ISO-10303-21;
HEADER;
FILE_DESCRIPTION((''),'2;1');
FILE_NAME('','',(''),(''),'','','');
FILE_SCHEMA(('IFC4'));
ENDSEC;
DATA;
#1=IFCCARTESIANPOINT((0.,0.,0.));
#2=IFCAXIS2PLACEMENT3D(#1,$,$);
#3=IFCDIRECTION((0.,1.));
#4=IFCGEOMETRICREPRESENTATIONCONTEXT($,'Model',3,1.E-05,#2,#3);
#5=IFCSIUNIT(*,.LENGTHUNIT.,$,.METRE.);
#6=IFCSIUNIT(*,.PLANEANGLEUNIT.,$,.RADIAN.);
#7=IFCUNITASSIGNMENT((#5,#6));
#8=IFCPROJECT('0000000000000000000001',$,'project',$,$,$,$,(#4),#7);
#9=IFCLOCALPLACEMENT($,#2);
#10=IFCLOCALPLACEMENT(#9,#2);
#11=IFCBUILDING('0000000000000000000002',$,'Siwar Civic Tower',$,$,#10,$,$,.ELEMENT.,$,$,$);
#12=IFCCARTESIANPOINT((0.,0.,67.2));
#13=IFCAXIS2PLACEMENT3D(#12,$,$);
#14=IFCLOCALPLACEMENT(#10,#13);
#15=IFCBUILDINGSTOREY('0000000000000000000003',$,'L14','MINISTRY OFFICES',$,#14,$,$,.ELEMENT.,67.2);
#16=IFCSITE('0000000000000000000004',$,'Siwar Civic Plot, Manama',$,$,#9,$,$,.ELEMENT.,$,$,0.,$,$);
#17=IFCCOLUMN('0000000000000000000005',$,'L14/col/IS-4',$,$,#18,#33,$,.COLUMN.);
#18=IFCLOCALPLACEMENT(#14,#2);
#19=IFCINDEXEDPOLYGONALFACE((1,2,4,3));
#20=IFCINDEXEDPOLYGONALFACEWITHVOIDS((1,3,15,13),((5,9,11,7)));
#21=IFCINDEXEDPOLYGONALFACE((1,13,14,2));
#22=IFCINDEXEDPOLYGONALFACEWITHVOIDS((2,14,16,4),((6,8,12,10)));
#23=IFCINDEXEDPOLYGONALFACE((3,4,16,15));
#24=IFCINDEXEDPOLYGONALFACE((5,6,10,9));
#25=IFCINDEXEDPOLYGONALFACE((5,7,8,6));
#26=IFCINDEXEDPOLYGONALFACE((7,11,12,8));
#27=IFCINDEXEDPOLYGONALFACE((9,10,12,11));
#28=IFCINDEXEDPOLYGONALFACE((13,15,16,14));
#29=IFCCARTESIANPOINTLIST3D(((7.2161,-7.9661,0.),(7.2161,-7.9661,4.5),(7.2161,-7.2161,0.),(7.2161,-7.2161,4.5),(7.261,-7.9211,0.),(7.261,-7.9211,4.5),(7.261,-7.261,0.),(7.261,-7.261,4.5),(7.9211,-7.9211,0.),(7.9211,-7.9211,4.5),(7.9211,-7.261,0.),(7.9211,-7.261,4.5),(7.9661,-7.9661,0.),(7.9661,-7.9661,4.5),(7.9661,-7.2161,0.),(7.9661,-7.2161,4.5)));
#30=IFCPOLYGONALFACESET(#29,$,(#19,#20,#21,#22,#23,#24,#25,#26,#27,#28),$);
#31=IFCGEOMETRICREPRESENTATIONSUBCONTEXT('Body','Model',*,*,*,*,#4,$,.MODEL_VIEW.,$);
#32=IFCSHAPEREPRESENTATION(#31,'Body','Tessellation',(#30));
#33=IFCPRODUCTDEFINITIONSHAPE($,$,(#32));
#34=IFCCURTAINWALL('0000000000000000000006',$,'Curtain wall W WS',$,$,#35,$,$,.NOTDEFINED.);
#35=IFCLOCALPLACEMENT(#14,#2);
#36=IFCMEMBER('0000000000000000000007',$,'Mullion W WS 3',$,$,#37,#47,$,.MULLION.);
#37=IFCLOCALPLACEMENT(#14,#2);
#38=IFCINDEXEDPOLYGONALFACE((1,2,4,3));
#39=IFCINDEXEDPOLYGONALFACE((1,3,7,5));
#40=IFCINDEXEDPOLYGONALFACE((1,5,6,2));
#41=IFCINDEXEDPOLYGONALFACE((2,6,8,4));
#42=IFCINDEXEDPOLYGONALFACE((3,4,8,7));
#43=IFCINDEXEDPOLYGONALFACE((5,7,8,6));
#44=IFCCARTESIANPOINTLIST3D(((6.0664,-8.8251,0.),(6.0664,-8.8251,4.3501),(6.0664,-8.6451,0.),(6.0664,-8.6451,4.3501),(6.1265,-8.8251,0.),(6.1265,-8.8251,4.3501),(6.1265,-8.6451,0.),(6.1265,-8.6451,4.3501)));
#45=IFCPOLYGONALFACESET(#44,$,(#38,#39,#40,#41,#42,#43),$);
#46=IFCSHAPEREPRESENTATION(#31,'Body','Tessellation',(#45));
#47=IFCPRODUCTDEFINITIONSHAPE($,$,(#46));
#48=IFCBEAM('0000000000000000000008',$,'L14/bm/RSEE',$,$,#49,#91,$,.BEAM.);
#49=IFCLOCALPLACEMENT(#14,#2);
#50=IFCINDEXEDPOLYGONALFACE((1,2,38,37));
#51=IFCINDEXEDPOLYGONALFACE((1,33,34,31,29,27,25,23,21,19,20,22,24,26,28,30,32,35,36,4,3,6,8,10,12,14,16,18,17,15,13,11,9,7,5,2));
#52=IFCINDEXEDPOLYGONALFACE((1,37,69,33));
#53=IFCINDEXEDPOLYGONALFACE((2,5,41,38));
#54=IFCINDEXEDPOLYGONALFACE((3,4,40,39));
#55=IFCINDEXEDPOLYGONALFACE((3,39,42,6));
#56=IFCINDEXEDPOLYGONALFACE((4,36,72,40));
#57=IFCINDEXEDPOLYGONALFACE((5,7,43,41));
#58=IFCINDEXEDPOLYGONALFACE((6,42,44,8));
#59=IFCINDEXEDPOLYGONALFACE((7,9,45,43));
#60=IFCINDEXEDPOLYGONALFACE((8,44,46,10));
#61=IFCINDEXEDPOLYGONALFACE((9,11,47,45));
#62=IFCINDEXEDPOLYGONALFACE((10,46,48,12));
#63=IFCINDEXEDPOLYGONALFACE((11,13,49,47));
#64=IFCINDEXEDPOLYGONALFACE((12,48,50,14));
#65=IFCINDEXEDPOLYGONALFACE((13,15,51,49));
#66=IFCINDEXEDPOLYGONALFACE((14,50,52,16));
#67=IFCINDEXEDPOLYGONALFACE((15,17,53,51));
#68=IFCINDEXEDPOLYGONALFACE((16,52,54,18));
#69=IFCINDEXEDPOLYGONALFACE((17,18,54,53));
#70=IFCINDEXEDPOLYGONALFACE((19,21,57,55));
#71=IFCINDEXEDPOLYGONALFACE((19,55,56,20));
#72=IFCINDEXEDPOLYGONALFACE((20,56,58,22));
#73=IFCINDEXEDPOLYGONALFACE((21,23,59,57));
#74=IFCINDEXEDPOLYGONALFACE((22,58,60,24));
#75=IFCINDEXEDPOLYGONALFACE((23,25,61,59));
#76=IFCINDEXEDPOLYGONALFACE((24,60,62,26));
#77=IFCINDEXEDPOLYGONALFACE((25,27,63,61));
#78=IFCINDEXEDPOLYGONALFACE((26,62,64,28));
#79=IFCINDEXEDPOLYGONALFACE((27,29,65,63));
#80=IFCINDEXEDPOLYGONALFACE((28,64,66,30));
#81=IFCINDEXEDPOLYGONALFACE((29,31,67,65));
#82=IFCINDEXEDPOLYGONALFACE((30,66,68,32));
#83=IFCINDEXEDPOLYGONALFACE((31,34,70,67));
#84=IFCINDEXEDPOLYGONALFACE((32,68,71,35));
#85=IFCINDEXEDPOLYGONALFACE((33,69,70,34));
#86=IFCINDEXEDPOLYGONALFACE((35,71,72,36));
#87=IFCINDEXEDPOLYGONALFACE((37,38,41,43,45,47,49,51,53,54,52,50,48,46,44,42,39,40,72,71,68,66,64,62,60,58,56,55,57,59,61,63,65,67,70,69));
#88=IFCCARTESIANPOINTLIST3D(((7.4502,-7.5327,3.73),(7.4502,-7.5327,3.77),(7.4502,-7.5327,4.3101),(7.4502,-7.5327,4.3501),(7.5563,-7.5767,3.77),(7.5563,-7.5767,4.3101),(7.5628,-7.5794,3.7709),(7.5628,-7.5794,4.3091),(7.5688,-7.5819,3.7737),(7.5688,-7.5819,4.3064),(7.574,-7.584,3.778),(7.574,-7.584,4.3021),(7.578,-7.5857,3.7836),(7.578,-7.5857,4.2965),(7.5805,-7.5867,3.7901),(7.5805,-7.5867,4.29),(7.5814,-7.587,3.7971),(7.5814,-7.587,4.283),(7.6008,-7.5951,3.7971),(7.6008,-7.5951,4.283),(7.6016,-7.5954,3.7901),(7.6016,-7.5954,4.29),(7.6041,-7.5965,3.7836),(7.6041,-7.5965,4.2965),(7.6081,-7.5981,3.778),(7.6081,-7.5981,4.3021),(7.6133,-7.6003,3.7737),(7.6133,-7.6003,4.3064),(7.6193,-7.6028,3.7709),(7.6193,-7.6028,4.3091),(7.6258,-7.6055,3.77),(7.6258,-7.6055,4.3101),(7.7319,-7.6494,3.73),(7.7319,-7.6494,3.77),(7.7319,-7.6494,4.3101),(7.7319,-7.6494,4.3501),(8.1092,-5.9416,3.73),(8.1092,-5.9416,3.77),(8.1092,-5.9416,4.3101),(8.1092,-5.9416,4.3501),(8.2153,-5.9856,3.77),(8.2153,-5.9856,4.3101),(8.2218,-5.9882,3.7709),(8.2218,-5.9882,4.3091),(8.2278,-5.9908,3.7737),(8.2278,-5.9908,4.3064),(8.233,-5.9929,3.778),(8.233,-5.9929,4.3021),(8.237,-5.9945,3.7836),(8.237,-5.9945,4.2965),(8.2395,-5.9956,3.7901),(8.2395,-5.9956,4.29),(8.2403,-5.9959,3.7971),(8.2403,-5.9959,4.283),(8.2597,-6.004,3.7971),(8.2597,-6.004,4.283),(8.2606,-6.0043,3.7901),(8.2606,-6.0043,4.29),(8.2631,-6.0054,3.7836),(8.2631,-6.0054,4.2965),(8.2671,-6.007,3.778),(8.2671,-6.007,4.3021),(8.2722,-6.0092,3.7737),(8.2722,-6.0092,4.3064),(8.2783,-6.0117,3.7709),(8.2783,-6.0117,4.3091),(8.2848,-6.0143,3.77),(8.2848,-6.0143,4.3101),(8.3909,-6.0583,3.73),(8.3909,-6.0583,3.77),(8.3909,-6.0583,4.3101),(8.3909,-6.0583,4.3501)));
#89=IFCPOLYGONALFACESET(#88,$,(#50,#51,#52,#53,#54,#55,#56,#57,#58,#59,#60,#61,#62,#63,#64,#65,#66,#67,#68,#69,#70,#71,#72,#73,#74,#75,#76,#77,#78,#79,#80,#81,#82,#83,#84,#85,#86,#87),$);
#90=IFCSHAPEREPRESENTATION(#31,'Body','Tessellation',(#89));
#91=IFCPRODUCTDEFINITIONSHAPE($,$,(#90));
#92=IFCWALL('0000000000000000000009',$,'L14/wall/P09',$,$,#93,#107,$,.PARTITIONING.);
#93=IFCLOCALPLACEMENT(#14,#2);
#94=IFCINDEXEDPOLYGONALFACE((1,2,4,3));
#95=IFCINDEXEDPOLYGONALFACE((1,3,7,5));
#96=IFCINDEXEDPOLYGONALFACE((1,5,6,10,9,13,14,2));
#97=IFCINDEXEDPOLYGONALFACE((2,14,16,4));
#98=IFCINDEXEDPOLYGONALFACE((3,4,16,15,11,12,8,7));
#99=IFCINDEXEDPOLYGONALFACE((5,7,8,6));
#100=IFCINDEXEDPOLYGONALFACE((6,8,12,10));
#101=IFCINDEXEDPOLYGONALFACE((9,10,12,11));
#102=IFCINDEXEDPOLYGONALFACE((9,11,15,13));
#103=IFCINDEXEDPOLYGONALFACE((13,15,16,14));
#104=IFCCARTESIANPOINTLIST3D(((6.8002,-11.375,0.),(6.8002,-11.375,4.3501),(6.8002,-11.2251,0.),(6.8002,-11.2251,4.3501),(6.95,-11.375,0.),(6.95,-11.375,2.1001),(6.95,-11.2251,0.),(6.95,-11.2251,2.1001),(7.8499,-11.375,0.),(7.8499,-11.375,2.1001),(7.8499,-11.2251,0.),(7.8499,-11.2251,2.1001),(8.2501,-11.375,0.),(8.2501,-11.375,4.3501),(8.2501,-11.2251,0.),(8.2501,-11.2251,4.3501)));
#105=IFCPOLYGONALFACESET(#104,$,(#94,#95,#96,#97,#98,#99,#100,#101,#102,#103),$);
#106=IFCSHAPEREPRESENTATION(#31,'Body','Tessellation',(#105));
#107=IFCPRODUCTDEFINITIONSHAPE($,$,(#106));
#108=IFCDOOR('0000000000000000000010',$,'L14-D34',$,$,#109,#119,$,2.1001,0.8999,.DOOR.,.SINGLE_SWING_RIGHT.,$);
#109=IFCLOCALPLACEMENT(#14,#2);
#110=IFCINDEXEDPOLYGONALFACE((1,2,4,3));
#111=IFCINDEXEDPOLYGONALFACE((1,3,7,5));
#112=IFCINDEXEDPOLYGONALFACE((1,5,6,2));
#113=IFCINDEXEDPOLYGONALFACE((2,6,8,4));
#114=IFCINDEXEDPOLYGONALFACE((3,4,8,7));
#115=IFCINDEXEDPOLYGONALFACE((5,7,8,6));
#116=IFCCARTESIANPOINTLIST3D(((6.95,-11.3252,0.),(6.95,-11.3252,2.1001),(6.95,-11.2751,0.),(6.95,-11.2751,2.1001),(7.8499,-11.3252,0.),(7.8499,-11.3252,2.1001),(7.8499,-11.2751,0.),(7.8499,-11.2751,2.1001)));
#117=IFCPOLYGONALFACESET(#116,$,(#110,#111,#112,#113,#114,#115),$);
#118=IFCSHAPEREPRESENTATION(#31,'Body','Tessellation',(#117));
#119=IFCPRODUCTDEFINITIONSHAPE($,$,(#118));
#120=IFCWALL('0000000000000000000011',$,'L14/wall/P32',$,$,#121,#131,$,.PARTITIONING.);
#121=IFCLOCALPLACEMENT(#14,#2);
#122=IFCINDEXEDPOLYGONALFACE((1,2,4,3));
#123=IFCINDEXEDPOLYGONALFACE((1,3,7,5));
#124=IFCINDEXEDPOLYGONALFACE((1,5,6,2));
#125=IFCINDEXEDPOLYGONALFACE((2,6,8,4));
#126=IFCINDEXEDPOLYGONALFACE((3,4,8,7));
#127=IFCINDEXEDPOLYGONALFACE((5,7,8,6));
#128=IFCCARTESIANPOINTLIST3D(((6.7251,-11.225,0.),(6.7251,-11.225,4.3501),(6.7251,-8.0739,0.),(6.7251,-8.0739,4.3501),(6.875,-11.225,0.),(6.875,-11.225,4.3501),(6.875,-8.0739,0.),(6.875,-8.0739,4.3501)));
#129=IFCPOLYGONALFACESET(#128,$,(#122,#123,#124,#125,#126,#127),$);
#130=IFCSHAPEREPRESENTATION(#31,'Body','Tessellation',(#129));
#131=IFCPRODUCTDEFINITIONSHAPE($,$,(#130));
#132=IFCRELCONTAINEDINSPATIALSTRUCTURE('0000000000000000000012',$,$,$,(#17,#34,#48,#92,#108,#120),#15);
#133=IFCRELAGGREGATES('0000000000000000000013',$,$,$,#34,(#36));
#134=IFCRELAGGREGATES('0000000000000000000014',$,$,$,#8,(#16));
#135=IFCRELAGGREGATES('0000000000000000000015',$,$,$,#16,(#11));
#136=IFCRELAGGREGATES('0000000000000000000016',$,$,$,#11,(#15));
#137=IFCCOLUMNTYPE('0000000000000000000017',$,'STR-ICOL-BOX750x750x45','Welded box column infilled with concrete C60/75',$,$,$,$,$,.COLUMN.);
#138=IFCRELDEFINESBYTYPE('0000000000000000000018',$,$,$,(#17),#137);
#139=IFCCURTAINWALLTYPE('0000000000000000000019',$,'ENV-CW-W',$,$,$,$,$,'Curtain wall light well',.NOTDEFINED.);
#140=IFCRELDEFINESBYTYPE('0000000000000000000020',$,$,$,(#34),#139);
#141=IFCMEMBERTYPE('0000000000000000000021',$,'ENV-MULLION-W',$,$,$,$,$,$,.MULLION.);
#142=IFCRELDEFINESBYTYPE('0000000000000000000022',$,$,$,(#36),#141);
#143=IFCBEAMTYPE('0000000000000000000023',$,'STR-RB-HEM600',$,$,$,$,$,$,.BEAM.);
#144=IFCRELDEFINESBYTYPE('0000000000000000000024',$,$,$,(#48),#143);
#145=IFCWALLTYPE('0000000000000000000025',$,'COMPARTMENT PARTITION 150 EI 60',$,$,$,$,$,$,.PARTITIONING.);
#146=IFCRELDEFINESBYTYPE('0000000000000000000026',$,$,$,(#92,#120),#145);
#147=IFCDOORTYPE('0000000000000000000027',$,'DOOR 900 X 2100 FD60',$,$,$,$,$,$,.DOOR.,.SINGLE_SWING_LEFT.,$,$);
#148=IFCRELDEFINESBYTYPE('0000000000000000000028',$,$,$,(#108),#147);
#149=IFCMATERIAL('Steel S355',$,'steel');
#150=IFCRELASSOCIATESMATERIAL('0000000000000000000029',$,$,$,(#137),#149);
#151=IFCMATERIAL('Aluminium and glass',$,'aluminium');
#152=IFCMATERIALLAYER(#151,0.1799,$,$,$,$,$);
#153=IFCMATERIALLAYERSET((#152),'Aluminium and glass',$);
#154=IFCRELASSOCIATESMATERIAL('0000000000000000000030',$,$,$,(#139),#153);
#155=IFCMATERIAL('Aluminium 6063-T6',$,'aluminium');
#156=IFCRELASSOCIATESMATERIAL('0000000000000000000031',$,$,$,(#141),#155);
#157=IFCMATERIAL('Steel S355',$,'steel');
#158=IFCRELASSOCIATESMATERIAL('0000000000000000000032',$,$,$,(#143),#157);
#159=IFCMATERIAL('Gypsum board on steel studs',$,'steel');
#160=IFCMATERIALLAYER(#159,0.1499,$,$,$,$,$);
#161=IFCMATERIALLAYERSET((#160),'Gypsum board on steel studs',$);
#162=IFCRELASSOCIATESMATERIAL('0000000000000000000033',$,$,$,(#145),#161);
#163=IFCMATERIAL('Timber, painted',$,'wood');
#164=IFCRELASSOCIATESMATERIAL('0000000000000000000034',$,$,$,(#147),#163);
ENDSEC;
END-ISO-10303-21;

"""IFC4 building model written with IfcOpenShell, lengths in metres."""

from ifc_helpers import new_model, si_unit, direction, frame, frame_2d, origin, origin_2d, place, context, subcontext, project, spatial, rectangle, hollow_rectangle, i_section, extrude, material, layer, layer_set, material_profile, profile_set, type_object, element, fill, aggregate, save


model = new_model("IFC4")

# Units and contexts
model_context = context("Model", 3, precision=1e-05, world=origin(), true_north=direction((0.0, 1.0)))
body_context = subcontext(model_context, "Body", "Model", "MODEL_VIEW")
ifc_project = project(units=[si_unit("LENGTHUNIT", "METRE"), si_unit("PLANEANGLEUNIT", "RADIAN")], contexts=[model_context])

# Site, building, storey
site_placement = place(None, origin())
site = spatial("IfcSite", under=ifc_project, at=site_placement, Name="Siwar Civic Plot, Manama", CompositionType="ELEMENT", RefElevation=0.0)
building_placement = place(site_placement, origin())
building = spatial("IfcBuilding", under=site, at=building_placement, Name="Siwar Civic Tower", CompositionType="ELEMENT")
storey_placement = place(building_placement, frame((0.0, 0.0, 67.2)))
storey = spatial("IfcBuildingStorey", under=building, at=storey_placement, Name="L14", Description="MINISTRY OFFICES", CompositionType="ELEMENT", Elevation=67.2)

# Column
ifc_material_1 = material(Name="Steel S355", Category="steel")
ifc_material_profile_1 = material_profile(ifc_material_1, hollow_rectangle(XDim=0.75, YDim=0.75, WallThickness=0.0449, at=origin_2d()), Name="BOX750x750x45")
ifc_profile_set_1 = profile_set([ifc_material_profile_1], Name="Steel S355")
column_type = type_object("IfcColumnType", Name="STR-ICOL-BOX750x750x45", Description="Welded box column infilled with concrete C60/75", PredefinedType="COLUMN", material=ifc_profile_set_1)
column_placement = place(storey_placement, frame((7.5911, -7.5911, 0.0), z_axis=(0.0, 0.0, 1.0), x_axis=(1.0, 0.0, 0.0)))
element("IfcColumn", 1, at=column_placement, inside=storey, type_object=column_type, Name="L14/col/IS-4", PredefinedType="COLUMN", context=body_context, shape_type="SweptSolid", body=[
    extrude(hollow_rectangle(XDim=0.75, YDim=0.75, WallThickness=0.0449, at=origin_2d()), origin(), (0.0, 0.0, 1.0), 4.5),
])

# Curtain wall, member
ifc_material_2 = material(Name="Aluminium and glass", Category="aluminium")
ifc_layer_1 = layer(ifc_material_2, 0.1799)
ifc_layer_set_1 = layer_set([ifc_layer_1], Name="Aluminium and glass")
curtain_wall_type = type_object("IfcCurtainWallType", Name="ENV-CW-W", ElementType="Curtain wall light well", PredefinedType="NOTDEFINED", material=ifc_layer_set_1)
curtain_wall_placement = place(storey_placement, origin())
curtain_wall = element("IfcCurtainWall", 2, at=curtain_wall_placement, inside=storey, type_object=curtain_wall_type, Name="Curtain wall W WS", PredefinedType="NOTDEFINED")
ifc_material_3 = material(Name="Aluminium 6063-T6", Category="aluminium")
ifc_material_profile_2 = material_profile(ifc_material_3, rectangle(XDim=0.1799, YDim=0.0601, at=origin_2d()), Name="AL 180x60")
ifc_profile_set_2 = profile_set([ifc_material_profile_2], Name="Aluminium 6063-T6")
member_type = type_object("IfcMemberType", Name="ENV-MULLION-W", PredefinedType="MULLION", material=ifc_profile_set_2)
member_placement = place(storey_placement, frame((6.0964, -8.7351, 0.0), z_axis=(0.0, 0.0, 1.0), x_axis=(0.0, 1.0, 0.0)))
member = element("IfcMember", 3, at=member_placement, type_object=member_type, Name="Mullion W WS 3", PredefinedType="MULLION", context=body_context, shape_type="SweptSolid", body=[
    extrude(rectangle(XDim=0.1799, YDim=0.0601, at=origin_2d()), origin(), (0.0, 0.0, 1.0), 4.3501),
])
aggregate(curtain_wall, [member])

# Beam
ifc_material_4 = material(Name="Steel S355", Category="steel")
ifc_material_profile_3 = material_profile(ifc_material_4, i_section(OverallWidth=0.3049, OverallDepth=0.6201, WebThickness=0.021, FlangeThickness=0.04, FilletRadius=0.0271, at=origin_2d()), Name="HEM600")
ifc_profile_set_3 = profile_set([ifc_material_profile_3], Name="Steel S355")
beam_type = type_object("IfcBeamType", Name="STR-RB-HEM600", PredefinedType="BEAM", material=ifc_profile_set_3)
beam_placement = place(storey_placement, frame((7.5911, -7.5911, 4.04), z_axis=(0.382631, 0.923901, 0.0), x_axis=(-0.923901, 0.382631, 0.0)))
element("IfcBeam", 4, at=beam_placement, inside=storey, type_object=beam_type, Name="L14/bm/RSEE", PredefinedType="BEAM", context=body_context, shape_type="SweptSolid", body=[
    extrude(i_section(OverallWidth=0.3049, OverallDepth=0.6201, WebThickness=0.021, FlangeThickness=0.04, FilletRadius=0.0271, at=origin_2d()), origin(), (0.0, 0.0, 1.0), 1.7222),
])

# Wall, opening, door
ifc_material_5 = material(Name="Gypsum board on steel studs", Category="steel")
ifc_layer_2 = layer(ifc_material_5, 0.1499)
ifc_layer_set_2 = layer_set([ifc_layer_2], Name="Gypsum board on steel studs")
wall_type_1 = type_object("IfcWallType", Name="COMPARTMENT PARTITION 150 EI 60", PredefinedType="PARTITIONING", material=ifc_layer_set_2)
wall_1_placement = place(storey_placement, frame((6.8, -11.3, 0.0), z_axis=(0.0, 0.0, 1.0), x_axis=(1.0, 0.0, 0.0)))
wall_1 = element("IfcWall", 5, at=wall_1_placement, inside=storey, type_object=wall_type_1, Name="L14/wall/P09", PredefinedType="PARTITIONING", context=body_context, shape_type="SweptSolid", body=[
    extrude(rectangle(XDim=1.45, YDim=0.1499, at=frame_2d((0.7251, 0.0))), origin(), (0.0, 0.0, 1.0), 4.3501),
])
opening_1_placement = place(wall_1_placement, frame((0.1499, 0.0, 0.0)))
opening_1 = element("IfcOpeningElement", 6, at=opening_1_placement, cuts=wall_1, PredefinedType="OPENING", context=body_context, shape_type="SweptSolid", body=[
    extrude(rectangle(XDim=0.8999, YDim=2.1001, at=frame_2d((0.45, 1.05))), frame((0.0, 0.085, 0.0), z_axis=(0.0, -1.0, 0.0), x_axis=(1.0, 0.0, 0.0)), (0.0, 0.0, 1.0), 0.1699),
])
ifc_material_6 = material(Name="Timber, painted", Category="wood")
door_type_1 = type_object("IfcDoorType", Name="DOOR 900 X 2100 FD60", OperationType="SINGLE_SWING_LEFT", PredefinedType="DOOR", material=ifc_material_6)
door_1_placement = place(opening_1_placement, origin())
door_1 = element("IfcDoor", 7, at=door_1_placement, inside=storey, type_object=door_type_1, Name="L14-D34", OperationType="SINGLE_SWING_RIGHT", OverallHeight=2.1001, OverallWidth=0.8999, PredefinedType="DOOR", context=body_context, shape_type="SweptSolid", body=[
    extrude(rectangle(XDim=0.8999, YDim=2.1001, at=frame_2d((0.45, 1.05))), frame((0.0, 0.0249, 0.0), z_axis=(0.0, -1.0, 0.0), x_axis=(1.0, 0.0, 0.0)), (0.0, 0.0, 1.0), 0.05),
])
fill(opening_1, door_1)

# Wall
wall_2_placement = place(storey_placement, frame((6.8, -11.2251, 0.0), z_axis=(0.0, 0.0, 1.0), x_axis=(0.0, 1.0, 0.0)))
element("IfcWall", 8, at=wall_2_placement, inside=storey, type_object=wall_type_1, Name="L14/wall/P32", PredefinedType="PARTITIONING", context=body_context, shape_type="SweptSolid", body=[
    extrude(rectangle(XDim=3.1511, YDim=0.1499, at=frame_2d((1.5757, 0.0))), origin(), (0.0, 0.0, 1.0), 4.3501),
])

save(model, "model.ifc")
